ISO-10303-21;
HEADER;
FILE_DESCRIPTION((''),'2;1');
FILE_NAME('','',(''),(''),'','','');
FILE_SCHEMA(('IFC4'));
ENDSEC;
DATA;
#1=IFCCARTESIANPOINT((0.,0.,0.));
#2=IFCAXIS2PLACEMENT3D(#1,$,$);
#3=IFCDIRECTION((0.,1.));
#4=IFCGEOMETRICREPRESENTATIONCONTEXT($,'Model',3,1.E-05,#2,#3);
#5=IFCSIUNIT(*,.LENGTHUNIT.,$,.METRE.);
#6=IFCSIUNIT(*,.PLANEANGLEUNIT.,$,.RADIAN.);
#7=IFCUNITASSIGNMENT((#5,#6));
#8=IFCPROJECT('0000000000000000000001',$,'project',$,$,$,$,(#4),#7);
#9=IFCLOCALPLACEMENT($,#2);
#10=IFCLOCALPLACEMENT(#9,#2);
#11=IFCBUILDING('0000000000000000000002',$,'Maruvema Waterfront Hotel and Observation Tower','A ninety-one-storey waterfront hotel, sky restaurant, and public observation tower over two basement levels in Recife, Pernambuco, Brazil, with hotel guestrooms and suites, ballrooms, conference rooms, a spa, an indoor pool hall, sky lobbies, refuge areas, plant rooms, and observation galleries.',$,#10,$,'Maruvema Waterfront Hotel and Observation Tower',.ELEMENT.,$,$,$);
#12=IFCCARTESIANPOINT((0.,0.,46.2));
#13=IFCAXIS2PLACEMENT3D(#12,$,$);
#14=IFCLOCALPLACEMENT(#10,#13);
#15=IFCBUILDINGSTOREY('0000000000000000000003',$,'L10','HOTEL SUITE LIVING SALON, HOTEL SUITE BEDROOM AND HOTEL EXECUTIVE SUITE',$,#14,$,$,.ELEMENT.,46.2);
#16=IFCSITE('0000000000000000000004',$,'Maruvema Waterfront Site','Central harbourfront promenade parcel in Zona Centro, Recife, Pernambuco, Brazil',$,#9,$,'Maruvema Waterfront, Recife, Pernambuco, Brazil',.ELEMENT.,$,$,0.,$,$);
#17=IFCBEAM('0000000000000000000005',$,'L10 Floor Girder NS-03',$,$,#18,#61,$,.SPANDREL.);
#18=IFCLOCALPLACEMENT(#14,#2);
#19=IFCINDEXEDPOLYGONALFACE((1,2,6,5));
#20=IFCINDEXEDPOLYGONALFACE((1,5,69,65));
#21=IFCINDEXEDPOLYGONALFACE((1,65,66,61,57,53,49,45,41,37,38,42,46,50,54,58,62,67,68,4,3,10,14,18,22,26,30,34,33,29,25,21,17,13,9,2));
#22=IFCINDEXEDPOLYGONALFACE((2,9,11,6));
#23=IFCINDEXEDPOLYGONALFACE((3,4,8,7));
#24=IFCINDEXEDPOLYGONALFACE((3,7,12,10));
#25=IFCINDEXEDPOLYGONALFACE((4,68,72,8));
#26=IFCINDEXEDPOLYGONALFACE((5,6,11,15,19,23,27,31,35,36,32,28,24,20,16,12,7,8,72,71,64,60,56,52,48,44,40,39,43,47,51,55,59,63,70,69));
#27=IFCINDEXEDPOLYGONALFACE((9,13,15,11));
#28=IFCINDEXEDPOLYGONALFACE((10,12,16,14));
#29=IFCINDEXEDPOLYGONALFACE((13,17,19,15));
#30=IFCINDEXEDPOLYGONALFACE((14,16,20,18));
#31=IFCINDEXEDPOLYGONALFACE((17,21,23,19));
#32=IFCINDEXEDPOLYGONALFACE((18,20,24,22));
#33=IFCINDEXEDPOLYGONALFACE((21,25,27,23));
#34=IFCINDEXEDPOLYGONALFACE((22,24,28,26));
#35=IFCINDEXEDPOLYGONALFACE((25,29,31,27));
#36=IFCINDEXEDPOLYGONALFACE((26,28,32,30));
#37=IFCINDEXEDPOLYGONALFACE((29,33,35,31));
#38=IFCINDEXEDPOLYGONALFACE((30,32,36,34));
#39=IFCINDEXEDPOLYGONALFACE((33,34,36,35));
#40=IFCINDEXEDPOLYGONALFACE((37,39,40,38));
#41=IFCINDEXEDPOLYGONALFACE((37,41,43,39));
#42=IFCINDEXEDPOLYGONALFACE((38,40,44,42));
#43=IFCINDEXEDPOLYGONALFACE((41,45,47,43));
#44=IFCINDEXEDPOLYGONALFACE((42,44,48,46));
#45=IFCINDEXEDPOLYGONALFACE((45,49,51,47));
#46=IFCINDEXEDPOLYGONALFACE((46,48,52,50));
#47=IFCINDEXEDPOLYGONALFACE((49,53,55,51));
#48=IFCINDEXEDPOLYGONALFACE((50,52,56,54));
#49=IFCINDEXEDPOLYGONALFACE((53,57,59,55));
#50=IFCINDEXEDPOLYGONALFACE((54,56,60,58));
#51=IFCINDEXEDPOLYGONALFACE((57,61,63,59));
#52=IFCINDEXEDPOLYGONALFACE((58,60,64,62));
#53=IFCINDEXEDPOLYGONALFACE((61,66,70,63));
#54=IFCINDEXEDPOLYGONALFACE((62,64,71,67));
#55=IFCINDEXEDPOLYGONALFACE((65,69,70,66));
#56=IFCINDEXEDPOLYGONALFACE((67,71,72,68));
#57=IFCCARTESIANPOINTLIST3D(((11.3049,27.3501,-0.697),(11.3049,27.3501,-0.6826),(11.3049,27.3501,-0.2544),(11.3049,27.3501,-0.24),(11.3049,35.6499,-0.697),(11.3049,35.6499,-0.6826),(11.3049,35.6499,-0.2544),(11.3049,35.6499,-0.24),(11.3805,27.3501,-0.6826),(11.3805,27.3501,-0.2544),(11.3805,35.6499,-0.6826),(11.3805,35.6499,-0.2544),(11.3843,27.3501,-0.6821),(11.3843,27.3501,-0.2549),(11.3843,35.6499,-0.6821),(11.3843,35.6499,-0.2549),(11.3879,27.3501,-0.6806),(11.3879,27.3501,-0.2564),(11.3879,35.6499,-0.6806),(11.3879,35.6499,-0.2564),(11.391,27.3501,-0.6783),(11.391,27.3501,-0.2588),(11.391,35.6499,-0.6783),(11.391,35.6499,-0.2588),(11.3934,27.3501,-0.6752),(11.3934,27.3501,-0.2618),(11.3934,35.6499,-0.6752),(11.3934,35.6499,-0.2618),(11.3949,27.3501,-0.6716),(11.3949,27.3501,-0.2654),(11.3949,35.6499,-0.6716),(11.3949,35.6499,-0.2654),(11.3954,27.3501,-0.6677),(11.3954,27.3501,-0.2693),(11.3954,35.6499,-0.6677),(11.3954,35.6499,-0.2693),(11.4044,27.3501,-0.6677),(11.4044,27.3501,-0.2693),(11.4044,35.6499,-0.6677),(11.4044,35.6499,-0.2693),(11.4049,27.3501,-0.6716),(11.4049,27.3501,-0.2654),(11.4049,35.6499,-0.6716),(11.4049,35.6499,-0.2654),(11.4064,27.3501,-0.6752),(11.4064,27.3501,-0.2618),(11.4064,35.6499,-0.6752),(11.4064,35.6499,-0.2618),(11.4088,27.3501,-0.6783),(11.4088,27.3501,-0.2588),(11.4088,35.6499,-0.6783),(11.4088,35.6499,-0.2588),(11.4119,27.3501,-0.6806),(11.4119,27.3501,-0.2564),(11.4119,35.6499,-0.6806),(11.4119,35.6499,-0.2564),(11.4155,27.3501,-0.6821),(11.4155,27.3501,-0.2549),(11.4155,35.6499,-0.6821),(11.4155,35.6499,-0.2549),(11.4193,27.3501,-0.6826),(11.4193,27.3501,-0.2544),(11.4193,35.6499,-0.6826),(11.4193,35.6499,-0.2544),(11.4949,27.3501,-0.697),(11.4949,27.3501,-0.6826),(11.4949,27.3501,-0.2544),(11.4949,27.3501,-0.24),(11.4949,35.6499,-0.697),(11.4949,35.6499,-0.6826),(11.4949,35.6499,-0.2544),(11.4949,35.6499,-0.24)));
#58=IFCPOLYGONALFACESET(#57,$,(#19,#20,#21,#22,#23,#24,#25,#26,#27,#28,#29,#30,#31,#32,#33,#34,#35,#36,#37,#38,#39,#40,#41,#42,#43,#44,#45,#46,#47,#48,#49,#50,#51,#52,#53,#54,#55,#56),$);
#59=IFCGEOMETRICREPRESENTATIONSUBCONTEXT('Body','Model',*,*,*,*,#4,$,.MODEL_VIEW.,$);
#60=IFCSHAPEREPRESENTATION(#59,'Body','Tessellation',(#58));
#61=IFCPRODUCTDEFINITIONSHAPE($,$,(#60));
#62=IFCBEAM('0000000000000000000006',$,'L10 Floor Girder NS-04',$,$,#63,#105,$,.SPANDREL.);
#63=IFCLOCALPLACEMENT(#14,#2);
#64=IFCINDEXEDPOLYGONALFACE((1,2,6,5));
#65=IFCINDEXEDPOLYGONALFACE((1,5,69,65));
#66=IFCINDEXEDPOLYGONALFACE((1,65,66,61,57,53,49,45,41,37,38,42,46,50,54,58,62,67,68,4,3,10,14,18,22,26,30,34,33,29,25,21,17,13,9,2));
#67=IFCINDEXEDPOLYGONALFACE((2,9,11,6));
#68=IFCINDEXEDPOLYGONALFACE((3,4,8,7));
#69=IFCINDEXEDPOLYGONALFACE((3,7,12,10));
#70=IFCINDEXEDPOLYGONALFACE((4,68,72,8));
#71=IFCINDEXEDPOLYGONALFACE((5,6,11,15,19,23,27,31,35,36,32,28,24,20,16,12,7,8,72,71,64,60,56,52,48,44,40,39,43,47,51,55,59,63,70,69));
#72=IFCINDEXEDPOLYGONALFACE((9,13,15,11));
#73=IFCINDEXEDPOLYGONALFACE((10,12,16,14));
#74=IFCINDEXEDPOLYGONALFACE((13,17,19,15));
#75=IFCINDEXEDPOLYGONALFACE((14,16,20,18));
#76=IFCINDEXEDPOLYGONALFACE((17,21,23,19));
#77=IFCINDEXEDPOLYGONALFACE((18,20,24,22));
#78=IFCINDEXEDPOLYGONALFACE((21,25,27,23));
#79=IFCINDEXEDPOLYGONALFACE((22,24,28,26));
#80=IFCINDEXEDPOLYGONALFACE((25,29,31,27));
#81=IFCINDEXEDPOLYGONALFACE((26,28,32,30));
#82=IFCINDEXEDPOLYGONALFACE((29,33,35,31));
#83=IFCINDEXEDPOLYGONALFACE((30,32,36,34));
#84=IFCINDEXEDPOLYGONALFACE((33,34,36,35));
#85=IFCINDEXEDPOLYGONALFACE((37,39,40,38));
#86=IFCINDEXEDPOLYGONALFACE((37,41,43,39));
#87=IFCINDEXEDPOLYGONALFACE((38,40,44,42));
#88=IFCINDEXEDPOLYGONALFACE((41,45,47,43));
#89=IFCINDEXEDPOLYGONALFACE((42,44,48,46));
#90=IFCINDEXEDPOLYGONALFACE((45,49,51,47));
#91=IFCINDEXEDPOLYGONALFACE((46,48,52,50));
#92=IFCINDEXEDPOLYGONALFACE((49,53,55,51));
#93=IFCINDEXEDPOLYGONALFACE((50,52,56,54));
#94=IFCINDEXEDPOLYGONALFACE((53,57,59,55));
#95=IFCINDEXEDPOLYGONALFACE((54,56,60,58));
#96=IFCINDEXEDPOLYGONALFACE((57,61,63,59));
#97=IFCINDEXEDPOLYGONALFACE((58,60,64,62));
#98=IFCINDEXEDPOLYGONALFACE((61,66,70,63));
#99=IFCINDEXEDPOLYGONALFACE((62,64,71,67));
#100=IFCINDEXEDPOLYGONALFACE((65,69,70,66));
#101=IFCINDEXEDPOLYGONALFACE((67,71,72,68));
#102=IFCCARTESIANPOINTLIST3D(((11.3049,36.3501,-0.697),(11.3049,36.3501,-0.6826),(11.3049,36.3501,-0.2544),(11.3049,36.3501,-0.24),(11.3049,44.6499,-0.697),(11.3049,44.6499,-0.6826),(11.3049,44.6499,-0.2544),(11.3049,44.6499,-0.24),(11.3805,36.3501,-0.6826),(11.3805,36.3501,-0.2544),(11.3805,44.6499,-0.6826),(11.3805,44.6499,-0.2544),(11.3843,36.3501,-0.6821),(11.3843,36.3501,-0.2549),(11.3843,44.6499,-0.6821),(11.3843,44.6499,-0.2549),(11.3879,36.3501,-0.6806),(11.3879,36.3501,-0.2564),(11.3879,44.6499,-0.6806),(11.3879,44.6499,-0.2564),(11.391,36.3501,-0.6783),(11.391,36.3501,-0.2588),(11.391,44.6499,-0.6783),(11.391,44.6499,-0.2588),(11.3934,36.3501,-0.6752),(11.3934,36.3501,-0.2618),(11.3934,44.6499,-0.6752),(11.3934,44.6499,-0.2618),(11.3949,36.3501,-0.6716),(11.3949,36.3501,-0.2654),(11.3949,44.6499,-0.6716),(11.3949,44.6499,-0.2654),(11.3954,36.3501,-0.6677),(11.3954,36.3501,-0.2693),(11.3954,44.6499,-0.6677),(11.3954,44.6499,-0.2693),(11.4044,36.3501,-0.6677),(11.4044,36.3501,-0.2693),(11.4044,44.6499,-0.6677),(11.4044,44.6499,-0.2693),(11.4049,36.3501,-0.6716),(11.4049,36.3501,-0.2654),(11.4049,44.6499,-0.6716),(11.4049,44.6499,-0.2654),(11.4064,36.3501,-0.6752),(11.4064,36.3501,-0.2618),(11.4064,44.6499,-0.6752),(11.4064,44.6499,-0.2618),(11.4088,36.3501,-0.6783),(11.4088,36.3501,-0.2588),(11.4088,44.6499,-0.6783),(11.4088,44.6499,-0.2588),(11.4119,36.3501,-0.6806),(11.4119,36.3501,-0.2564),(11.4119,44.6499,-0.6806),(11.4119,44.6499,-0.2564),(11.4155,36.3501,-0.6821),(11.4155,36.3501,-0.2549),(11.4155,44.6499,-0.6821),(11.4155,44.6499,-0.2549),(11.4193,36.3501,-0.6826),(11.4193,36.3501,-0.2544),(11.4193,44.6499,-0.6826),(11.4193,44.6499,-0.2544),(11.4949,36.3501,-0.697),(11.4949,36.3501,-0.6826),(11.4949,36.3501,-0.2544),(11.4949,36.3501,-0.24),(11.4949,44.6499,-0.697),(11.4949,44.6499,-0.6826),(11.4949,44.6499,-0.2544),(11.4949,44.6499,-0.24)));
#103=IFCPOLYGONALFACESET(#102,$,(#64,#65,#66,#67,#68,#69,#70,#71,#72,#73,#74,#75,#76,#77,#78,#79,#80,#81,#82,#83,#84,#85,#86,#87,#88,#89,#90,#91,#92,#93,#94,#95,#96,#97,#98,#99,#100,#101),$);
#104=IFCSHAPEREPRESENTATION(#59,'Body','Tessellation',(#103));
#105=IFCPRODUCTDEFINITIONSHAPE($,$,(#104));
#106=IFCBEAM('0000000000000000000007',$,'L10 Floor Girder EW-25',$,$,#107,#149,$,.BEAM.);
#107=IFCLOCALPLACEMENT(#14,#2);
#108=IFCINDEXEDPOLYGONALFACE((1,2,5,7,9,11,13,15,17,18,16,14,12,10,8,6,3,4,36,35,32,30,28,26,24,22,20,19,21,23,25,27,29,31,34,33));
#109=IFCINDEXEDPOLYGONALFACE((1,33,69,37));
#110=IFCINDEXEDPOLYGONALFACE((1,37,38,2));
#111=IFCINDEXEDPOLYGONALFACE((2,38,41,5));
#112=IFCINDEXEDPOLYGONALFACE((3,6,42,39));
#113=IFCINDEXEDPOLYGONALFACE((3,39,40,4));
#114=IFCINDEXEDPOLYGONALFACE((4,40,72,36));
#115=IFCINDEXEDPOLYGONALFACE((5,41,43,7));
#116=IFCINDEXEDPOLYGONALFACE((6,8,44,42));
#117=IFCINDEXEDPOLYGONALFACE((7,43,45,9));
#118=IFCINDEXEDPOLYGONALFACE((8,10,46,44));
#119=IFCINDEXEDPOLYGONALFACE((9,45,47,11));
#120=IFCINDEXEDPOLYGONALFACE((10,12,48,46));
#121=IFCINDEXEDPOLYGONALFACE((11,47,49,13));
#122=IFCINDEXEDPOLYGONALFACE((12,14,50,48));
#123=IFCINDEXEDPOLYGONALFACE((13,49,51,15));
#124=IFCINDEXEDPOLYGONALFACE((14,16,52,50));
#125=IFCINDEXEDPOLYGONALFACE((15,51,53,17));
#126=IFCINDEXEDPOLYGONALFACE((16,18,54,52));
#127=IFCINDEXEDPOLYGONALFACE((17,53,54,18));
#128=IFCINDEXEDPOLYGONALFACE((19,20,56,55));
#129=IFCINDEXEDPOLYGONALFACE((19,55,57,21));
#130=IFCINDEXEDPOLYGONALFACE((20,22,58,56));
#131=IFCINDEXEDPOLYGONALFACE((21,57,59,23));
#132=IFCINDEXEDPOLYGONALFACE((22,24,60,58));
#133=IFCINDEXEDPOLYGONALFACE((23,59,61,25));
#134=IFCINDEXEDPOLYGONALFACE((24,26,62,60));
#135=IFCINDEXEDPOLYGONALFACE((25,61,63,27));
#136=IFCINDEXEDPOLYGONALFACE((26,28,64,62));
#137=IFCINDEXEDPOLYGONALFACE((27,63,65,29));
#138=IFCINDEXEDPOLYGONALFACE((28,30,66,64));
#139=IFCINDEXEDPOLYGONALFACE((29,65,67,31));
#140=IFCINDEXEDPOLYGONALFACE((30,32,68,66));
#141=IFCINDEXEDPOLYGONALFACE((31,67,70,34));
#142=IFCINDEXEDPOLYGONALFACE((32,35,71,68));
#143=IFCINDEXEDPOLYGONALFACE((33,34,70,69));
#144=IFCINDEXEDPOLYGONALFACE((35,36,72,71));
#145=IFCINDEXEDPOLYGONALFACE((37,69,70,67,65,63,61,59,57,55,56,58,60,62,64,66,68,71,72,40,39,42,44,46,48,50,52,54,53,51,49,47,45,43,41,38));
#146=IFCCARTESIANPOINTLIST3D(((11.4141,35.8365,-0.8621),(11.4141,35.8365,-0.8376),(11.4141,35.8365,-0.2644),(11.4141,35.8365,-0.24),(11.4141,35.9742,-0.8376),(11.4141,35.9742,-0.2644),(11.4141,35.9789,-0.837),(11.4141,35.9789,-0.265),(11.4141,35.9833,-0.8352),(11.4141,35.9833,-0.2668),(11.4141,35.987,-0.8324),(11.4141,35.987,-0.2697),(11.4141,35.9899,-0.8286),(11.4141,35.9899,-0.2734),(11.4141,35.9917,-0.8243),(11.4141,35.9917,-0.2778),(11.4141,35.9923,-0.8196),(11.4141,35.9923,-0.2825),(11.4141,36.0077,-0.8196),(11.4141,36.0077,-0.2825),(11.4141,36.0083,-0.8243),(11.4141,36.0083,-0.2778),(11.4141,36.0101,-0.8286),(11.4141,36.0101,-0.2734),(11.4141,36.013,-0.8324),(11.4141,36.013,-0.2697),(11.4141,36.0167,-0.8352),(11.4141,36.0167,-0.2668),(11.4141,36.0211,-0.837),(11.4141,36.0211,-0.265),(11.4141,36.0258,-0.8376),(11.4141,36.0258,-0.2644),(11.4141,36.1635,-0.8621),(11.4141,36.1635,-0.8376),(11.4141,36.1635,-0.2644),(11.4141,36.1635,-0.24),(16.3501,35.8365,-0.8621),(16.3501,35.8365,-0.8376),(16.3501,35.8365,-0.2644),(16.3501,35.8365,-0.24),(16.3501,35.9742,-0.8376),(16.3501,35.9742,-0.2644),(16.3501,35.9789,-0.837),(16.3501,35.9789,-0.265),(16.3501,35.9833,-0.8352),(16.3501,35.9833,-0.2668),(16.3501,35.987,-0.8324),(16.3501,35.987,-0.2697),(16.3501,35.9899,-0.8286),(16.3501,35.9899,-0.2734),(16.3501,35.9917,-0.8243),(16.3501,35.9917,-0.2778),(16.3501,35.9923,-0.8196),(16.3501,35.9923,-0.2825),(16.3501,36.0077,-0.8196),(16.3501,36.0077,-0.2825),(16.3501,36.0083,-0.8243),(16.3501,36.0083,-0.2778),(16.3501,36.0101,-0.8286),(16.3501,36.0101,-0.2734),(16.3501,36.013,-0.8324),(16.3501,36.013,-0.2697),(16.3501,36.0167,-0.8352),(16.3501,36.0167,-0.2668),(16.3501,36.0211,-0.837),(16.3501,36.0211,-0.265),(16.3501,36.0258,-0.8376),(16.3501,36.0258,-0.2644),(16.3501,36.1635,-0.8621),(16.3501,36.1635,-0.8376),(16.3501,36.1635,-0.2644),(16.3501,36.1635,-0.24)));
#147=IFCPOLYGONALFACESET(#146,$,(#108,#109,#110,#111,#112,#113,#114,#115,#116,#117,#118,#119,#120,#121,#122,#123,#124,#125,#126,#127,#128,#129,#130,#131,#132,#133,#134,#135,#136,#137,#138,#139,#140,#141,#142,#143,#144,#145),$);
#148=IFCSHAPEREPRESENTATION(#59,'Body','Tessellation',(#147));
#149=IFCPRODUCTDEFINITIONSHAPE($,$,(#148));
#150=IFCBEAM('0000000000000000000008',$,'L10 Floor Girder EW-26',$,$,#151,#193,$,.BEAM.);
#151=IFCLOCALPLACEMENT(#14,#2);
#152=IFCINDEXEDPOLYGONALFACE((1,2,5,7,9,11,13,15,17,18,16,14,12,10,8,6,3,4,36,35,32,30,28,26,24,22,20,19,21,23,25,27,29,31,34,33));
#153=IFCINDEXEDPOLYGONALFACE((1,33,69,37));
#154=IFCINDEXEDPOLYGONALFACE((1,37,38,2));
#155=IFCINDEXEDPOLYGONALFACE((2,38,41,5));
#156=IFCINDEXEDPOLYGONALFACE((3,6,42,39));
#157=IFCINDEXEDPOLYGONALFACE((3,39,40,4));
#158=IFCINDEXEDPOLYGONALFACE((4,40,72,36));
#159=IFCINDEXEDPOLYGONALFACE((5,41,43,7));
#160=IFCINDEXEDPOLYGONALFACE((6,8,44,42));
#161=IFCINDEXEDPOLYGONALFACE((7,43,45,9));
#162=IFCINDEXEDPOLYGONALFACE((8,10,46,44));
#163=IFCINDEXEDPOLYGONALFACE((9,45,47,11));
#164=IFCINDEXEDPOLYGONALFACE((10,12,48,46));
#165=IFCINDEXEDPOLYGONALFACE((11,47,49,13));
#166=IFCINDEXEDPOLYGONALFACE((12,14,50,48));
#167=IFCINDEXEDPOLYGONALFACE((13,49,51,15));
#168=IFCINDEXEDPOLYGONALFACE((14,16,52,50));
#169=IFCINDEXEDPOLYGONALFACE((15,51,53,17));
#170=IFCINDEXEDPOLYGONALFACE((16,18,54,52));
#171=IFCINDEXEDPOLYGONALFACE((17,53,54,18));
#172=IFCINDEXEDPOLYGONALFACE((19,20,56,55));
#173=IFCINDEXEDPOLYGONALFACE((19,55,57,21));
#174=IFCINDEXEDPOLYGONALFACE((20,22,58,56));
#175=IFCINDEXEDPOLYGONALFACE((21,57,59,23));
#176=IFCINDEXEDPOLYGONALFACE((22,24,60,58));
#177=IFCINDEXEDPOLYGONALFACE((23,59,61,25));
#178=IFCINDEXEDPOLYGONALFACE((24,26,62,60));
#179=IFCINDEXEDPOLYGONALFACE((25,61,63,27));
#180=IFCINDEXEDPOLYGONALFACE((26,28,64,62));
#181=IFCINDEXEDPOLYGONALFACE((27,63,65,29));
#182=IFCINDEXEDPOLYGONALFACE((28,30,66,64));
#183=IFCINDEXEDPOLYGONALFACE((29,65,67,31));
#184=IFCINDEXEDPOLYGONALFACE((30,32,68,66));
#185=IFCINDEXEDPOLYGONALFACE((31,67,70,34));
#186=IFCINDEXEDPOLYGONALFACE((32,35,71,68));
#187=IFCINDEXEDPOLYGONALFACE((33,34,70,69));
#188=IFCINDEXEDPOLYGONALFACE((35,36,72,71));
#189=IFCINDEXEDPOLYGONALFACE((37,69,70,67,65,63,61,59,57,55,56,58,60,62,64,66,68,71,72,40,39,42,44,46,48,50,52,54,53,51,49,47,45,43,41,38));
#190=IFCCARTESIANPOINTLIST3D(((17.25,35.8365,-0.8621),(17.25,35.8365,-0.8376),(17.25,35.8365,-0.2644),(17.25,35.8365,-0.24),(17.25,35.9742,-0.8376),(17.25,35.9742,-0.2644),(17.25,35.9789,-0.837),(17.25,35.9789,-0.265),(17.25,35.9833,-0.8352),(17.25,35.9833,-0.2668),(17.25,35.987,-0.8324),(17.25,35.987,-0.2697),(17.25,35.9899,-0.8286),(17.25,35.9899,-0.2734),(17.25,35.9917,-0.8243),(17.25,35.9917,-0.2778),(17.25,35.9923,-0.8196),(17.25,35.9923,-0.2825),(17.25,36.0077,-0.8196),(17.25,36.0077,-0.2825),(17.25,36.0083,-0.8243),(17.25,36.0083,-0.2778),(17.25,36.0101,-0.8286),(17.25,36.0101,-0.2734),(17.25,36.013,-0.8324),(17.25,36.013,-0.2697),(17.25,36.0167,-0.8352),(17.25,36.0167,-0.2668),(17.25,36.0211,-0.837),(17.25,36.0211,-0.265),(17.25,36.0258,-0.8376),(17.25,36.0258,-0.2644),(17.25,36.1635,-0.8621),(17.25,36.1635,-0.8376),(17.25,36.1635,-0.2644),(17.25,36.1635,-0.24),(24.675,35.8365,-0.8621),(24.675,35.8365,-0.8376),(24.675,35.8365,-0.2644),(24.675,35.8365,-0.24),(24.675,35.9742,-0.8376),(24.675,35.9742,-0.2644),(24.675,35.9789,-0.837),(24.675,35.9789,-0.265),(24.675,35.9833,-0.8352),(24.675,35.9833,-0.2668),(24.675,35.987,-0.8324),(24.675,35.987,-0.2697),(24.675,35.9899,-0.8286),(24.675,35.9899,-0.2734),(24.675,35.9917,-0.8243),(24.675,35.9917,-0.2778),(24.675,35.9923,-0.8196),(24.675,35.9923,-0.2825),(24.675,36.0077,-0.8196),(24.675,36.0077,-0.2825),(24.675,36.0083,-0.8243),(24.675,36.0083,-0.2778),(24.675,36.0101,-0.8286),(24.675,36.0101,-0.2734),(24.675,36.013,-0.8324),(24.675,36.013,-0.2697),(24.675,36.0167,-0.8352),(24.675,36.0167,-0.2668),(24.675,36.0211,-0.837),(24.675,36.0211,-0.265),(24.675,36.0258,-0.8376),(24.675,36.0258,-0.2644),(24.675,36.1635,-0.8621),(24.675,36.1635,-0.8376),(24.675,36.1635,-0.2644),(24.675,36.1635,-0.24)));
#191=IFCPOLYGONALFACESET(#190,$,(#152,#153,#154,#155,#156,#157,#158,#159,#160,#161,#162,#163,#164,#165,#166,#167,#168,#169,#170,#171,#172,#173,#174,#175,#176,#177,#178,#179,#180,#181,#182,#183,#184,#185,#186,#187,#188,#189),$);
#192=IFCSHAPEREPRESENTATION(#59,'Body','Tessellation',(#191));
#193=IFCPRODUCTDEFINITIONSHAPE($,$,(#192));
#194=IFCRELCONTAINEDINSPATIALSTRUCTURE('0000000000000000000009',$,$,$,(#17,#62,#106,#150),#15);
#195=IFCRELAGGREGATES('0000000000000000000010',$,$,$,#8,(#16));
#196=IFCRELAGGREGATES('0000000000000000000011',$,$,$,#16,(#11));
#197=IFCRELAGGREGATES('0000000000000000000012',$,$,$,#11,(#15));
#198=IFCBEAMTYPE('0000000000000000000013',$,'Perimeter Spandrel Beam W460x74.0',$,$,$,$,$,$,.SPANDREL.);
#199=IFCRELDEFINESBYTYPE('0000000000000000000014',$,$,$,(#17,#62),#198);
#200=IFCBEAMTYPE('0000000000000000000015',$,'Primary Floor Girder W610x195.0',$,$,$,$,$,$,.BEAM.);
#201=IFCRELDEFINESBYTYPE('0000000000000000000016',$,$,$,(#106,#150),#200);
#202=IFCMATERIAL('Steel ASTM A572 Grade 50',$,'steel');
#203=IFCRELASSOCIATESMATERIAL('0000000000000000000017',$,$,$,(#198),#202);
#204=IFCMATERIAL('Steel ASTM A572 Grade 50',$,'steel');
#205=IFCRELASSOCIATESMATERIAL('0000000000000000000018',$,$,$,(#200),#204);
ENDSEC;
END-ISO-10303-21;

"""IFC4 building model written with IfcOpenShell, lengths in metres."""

from ifc_helpers import new_model, si_unit, direction, frame, origin, origin_2d, place, context, subcontext, project, spatial, i_section, extrude, material, material_profile, profile_set, type_object, element, save


model = new_model("IFC4")

# Units and contexts
model_context = context("Model", 3, precision=1e-05, world=origin(), true_north=direction((0.0, 1.0)))
body_context = subcontext(model_context, "Body", "Model", "MODEL_VIEW")
ifc_project = project(units=[si_unit("LENGTHUNIT", "METRE"), si_unit("PLANEANGLEUNIT", "RADIAN")], contexts=[model_context])

# Site, building, storey
site_placement = place(None, origin())
site = spatial("IfcSite", under=ifc_project, at=site_placement, Name="Maruvema Waterfront Site", Description="Central harbourfront promenade parcel in Zona Centro, Recife, Pernambuco, Brazil", LongName="Maruvema Waterfront, Recife, Pernambuco, Brazil", CompositionType="ELEMENT", RefElevation=0.0)
building_placement = place(site_placement, origin())
building = spatial("IfcBuilding", under=site, at=building_placement, Name="Maruvema Waterfront Hotel and Observation Tower", Description="A ninety-one-storey waterfront hotel, sky restaurant, and public observation tower over two basement levels in Recife, Pernambuco, Brazil, with hotel guestrooms and suites, ballrooms, conference rooms, a spa, an indoor pool hall, sky lobbies, refuge areas, plant rooms, and observation galleries.", LongName="Maruvema Waterfront Hotel and Observation Tower", CompositionType="ELEMENT")
storey_placement = place(building_placement, frame((0.0, 0.0, 46.2)))
storey = spatial("IfcBuildingStorey", under=building, at=storey_placement, Name="L10", Description="HOTEL SUITE LIVING SALON, HOTEL SUITE BEDROOM AND HOTEL EXECUTIVE SUITE", CompositionType="ELEMENT", Elevation=46.2)

# Beams
ifc_material_1 = material(Name="Steel ASTM A572 Grade 50", Category="steel")
ifc_material_profile_1 = material_profile(ifc_material_1, i_section(OverallWidth=0.1899, OverallDepth=0.457, WebThickness=0.009, FlangeThickness=0.0144, FilletRadius=0.0149, at=origin_2d()), Name="W460x74.0")
ifc_profile_set_1 = profile_set([ifc_material_profile_1], Name="Steel ASTM A572 Grade 50")
beam_type_1 = type_object("IfcBeamType", Name="Perimeter Spandrel Beam W460x74.0", PredefinedType="SPANDREL", material=ifc_profile_set_1)
for number, where, z_axis, x_axis, name in (
    (1, (11.3999, 27.3501, -0.4685), (0.0, 1.0, 0.0), (-1.0, 0.0, 0.0), "L10 Floor Girder NS-03"),
    (2, (11.3999, 36.3501, -0.4685), (0.0, 1.0, 0.0), (-1.0, 0.0, 0.0), "L10 Floor Girder NS-04"),
):
    element("IfcBeam", number, at=place(storey_placement, frame(where, z_axis=z_axis, x_axis=x_axis)), inside=storey, type_object=beam_type_1, Name=name, PredefinedType="SPANDREL", context=body_context, shape_type="SweptSolid", body=[
        extrude(i_section(OverallWidth=0.1899, OverallDepth=0.457, WebThickness=0.009, FlangeThickness=0.0144, FilletRadius=0.0149, at=origin_2d()), origin(), (0.0, 0.0, 1.0), 8.2998),
    ])
ifc_material_2 = material(Name="Steel ASTM A572 Grade 50", Category="steel")
ifc_material_profile_2 = material_profile(ifc_material_2, i_section(OverallWidth=0.3269, OverallDepth=0.6221, WebThickness=0.0154, FlangeThickness=0.0244, FilletRadius=0.0181, at=origin_2d()), Name="W610x195.0")
ifc_profile_set_2 = profile_set([ifc_material_profile_2], Name="Steel ASTM A572 Grade 50")
beam_type_2 = type_object("IfcBeamType", Name="Primary Floor Girder W610x195.0", PredefinedType="BEAM", material=ifc_profile_set_2)
beam_1_placement = place(storey_placement, frame((11.4141, 36.0, -0.551), z_axis=(1.0, 0.0, 0.0), x_axis=(0.0, 1.0, 0.0)))
element("IfcBeam", 3, at=beam_1_placement, inside=storey, type_object=beam_type_2, Name="L10 Floor Girder EW-25", PredefinedType="BEAM", context=body_context, shape_type="SweptSolid", body=[
    extrude(i_section(OverallWidth=0.3269, OverallDepth=0.6221, WebThickness=0.0154, FlangeThickness=0.0244, FilletRadius=0.0181, at=origin_2d()), origin(), (0.0, 0.0, 1.0), 4.936),
])
beam_2_placement = place(storey_placement, frame((17.25, 36.0, -0.551), z_axis=(1.0, 0.0, 0.0), x_axis=(0.0, 1.0, 0.0)))
element("IfcBeam", 4, at=beam_2_placement, inside=storey, type_object=beam_type_2, Name="L10 Floor Girder EW-26", PredefinedType="BEAM", context=body_context, shape_type="SweptSolid", body=[
    extrude(i_section(OverallWidth=0.3269, OverallDepth=0.6221, WebThickness=0.0154, FlangeThickness=0.0244, FilletRadius=0.0181, at=origin_2d()), origin(), (0.0, 0.0, 1.0), 7.425),
])

save(model, "model.ifc")
